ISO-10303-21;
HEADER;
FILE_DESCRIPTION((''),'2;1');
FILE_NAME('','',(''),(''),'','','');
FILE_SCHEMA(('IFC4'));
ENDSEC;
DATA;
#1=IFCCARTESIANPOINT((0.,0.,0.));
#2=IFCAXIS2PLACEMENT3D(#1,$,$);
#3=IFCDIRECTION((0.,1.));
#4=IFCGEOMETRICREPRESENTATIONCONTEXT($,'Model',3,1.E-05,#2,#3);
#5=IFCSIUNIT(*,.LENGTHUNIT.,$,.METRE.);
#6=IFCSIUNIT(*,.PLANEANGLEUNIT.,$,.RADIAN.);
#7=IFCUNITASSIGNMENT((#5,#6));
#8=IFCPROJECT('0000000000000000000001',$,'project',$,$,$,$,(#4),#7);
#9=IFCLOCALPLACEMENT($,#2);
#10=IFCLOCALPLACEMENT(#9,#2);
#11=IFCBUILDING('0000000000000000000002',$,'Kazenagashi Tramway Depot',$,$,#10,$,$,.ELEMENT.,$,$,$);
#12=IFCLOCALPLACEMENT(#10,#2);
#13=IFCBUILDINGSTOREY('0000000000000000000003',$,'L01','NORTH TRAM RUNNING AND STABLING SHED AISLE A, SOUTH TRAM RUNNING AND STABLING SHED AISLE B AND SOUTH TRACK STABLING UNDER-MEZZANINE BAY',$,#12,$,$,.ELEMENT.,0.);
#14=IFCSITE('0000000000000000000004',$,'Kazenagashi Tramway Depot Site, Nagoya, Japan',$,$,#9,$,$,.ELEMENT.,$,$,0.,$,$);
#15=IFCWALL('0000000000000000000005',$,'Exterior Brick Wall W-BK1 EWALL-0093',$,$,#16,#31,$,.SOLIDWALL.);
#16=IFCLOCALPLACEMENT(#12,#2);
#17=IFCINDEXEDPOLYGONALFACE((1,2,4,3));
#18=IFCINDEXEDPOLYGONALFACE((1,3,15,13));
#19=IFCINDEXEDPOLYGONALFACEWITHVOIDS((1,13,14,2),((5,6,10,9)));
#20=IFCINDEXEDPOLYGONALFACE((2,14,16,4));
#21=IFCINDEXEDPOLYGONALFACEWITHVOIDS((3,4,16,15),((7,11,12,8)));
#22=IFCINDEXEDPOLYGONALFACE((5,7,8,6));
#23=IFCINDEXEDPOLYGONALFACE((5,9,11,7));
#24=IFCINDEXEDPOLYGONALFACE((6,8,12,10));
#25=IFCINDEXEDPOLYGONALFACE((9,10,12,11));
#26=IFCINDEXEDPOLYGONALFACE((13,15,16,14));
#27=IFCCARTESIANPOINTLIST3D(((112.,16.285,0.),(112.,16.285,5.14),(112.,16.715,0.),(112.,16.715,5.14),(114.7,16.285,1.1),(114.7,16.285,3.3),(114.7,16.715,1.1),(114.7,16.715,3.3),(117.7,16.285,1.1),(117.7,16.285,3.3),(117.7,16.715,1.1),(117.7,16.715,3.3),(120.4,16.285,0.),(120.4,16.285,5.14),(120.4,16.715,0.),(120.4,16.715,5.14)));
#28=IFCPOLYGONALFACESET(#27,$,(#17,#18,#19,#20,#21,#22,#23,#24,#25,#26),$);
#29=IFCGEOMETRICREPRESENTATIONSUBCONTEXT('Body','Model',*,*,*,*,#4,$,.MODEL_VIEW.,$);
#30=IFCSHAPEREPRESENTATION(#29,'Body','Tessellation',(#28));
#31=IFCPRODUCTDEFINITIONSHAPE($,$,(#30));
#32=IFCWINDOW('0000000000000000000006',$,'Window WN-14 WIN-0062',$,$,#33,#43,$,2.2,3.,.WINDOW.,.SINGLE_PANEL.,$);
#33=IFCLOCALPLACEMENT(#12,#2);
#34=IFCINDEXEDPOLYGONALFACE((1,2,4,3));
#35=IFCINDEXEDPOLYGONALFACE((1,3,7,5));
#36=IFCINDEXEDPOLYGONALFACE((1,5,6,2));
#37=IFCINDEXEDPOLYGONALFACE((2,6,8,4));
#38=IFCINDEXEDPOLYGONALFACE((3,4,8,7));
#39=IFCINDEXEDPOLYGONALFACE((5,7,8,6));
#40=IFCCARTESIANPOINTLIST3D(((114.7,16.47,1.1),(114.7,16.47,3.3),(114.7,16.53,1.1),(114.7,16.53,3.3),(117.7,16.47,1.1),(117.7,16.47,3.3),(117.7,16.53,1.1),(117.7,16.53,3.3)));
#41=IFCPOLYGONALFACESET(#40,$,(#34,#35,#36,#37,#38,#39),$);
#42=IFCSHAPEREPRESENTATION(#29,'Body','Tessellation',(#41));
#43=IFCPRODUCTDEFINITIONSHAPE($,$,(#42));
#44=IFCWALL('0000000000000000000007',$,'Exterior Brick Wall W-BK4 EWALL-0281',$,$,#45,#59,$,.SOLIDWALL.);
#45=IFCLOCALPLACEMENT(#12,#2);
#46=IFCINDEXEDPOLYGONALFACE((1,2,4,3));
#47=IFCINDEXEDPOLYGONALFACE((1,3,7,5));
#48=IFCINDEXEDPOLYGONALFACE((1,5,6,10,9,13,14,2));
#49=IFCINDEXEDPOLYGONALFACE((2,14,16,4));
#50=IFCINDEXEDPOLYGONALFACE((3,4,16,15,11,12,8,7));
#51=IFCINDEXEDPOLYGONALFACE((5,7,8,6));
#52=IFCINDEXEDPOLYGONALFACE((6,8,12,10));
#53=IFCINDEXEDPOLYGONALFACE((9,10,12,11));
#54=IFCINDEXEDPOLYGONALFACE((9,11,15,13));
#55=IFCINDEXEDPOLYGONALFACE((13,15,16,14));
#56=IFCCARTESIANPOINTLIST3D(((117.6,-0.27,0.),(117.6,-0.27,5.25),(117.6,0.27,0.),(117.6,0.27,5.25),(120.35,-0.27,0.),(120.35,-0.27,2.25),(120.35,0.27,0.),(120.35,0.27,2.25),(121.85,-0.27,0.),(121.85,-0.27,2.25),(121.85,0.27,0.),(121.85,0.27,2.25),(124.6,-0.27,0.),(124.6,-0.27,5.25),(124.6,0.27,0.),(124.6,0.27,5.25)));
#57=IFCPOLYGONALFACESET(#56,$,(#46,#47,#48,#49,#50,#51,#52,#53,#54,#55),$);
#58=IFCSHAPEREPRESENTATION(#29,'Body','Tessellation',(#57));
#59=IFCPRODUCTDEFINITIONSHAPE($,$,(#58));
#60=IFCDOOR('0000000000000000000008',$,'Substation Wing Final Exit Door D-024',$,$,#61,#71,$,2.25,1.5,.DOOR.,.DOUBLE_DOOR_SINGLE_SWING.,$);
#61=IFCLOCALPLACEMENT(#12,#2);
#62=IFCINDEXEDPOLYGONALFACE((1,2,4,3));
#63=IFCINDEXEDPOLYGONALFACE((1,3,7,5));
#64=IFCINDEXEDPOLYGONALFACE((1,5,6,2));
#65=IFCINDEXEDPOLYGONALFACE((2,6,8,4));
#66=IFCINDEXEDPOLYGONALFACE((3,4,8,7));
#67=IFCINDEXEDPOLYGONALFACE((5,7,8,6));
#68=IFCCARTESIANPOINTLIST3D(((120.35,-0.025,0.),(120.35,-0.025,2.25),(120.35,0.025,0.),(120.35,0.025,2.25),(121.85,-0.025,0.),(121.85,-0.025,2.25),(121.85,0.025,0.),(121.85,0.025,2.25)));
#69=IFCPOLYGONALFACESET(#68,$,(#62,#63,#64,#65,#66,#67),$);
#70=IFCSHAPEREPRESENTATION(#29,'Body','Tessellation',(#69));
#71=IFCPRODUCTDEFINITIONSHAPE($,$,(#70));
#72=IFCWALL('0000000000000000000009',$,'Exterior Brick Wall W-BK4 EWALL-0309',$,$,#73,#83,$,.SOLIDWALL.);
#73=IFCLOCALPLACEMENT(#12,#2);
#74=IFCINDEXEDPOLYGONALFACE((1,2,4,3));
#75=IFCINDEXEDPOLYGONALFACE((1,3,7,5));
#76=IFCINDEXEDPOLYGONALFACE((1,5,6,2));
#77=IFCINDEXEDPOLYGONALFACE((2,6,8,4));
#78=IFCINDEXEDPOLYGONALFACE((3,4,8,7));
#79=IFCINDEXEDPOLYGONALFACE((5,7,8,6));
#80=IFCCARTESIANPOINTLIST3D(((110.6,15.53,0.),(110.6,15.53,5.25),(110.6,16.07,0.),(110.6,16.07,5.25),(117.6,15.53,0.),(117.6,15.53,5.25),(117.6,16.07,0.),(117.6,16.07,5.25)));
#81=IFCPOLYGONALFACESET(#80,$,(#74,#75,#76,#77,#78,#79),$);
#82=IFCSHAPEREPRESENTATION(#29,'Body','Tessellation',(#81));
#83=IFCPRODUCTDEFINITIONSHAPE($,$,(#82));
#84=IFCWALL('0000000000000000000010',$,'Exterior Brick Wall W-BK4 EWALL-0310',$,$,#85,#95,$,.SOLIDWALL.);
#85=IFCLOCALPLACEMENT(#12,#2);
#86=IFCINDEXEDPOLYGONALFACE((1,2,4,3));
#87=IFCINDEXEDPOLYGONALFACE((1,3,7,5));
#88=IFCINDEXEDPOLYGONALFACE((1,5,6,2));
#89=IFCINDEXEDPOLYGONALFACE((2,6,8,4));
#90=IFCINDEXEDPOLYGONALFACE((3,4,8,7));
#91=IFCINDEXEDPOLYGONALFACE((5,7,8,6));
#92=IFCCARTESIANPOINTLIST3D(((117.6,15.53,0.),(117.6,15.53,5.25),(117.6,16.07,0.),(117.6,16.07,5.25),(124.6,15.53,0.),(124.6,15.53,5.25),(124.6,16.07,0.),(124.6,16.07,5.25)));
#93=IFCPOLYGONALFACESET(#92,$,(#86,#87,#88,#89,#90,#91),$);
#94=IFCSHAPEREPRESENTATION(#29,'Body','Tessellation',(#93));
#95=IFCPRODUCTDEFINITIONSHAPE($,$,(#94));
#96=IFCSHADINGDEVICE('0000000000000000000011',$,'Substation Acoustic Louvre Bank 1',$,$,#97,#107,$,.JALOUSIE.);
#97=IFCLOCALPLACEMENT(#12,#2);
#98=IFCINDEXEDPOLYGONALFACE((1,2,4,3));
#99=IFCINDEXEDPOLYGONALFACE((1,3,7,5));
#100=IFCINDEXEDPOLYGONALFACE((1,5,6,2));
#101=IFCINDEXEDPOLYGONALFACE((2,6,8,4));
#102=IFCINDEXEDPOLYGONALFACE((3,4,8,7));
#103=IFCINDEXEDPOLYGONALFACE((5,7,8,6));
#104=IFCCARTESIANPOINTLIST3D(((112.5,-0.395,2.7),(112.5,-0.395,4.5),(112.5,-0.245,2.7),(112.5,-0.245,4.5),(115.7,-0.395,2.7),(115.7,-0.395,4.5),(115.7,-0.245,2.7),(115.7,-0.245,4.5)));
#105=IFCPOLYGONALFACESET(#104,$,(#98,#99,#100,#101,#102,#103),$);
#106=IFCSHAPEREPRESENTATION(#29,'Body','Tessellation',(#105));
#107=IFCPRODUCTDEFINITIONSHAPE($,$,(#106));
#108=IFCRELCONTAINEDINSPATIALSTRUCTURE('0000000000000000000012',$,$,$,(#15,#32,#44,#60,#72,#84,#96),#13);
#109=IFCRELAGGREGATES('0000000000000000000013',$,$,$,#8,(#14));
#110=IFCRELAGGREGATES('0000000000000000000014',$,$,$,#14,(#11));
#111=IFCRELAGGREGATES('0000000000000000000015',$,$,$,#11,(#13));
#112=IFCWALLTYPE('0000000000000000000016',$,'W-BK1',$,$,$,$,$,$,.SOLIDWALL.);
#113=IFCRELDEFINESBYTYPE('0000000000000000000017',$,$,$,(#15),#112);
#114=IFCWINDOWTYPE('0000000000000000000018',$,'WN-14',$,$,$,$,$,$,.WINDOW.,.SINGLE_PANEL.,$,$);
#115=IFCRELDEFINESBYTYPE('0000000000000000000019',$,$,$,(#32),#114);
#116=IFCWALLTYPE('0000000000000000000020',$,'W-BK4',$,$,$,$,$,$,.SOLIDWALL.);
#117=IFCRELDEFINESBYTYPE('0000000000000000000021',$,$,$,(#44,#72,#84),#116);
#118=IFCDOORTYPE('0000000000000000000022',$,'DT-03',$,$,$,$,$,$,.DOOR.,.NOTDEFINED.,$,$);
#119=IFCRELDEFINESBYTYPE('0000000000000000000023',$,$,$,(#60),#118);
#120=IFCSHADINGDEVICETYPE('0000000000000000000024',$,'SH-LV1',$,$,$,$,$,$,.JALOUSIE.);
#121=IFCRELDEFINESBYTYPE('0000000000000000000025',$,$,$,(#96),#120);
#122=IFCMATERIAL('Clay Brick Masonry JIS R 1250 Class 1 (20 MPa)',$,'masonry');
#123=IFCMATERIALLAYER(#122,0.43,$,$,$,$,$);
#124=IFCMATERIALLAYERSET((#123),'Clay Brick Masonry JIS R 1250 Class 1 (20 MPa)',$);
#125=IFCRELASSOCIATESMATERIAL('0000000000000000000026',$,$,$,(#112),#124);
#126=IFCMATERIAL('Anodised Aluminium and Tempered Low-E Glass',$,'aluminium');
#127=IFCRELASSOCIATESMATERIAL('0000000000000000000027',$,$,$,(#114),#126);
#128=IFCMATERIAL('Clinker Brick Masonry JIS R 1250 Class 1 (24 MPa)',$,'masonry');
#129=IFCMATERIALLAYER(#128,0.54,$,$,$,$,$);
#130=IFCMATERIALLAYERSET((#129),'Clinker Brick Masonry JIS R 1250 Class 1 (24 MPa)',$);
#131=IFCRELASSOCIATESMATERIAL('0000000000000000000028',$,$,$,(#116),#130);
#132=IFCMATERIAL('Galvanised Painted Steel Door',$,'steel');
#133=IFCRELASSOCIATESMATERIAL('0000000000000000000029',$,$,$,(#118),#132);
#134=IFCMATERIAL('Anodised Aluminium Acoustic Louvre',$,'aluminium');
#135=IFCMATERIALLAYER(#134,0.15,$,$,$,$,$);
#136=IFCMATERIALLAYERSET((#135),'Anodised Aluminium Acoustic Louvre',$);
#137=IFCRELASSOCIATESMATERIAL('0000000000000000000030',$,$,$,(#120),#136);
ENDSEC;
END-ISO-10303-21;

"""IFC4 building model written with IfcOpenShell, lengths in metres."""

from ifc_helpers import new_model, si_unit, direction, frame, frame_2d, origin, origin_2d, place, context, subcontext, project, spatial, rectangle, extrude, material, layer, layer_set, type_object, element, fill, save


model = new_model("IFC4")

# Units and contexts
model_context = context("Model", 3, precision=1e-05, world=origin(), true_north=direction((0.0, 1.0)))
body_context = subcontext(model_context, "Body", "Model", "MODEL_VIEW")
ifc_project = project(units=[si_unit("LENGTHUNIT", "METRE"), si_unit("PLANEANGLEUNIT", "RADIAN")], contexts=[model_context])

# Site, building, storey
site_placement = place(None, origin())
site = spatial("IfcSite", under=ifc_project, at=site_placement, Name="Kazenagashi Tramway Depot Site, Nagoya, Japan", CompositionType="ELEMENT", RefElevation=0.0)
building_placement = place(site_placement, origin())
building = spatial("IfcBuilding", under=site, at=building_placement, Name="Kazenagashi Tramway Depot", CompositionType="ELEMENT")
storey_placement = place(building_placement, origin())
storey = spatial("IfcBuildingStorey", under=building, at=storey_placement, Name="L01", Description="NORTH TRAM RUNNING AND STABLING SHED AISLE A, SOUTH TRAM RUNNING AND STABLING SHED AISLE B AND SOUTH TRACK STABLING UNDER-MEZZANINE BAY", CompositionType="ELEMENT", Elevation=0.0)

# Wall, opening, window
ifc_material_1 = material(Name="Clay Brick Masonry JIS R 1250 Class 1 (20 MPa)", Category="masonry")
ifc_layer_1 = layer(ifc_material_1, 0.43)
ifc_layer_set_1 = layer_set([ifc_layer_1], Name="Clay Brick Masonry JIS R 1250 Class 1 (20 MPa)")
wall_type_1 = type_object("IfcWallType", Name="W-BK1", PredefinedType="SOLIDWALL", material=ifc_layer_set_1)
wall_1_placement = place(storey_placement, frame((112.0, 16.5, 0.0), z_axis=(0.0, 0.0, 1.0), x_axis=(1.0, 0.0, 0.0)))
wall_1 = element("IfcWall", 1, at=wall_1_placement, inside=storey, type_object=wall_type_1, Name="Exterior Brick Wall W-BK1 EWALL-0093", PredefinedType="SOLIDWALL", context=body_context, shape_type="SweptSolid", body=[
    extrude(rectangle(XDim=8.4, YDim=0.43, at=frame_2d((4.2, 0.0))), origin(), (0.0, 0.0, 1.0), 5.14),
])
opening_1_placement = place(wall_1_placement, frame((2.7, 0.0, 1.1)))
opening_1 = element("IfcOpeningElement", 2, at=opening_1_placement, cuts=wall_1, PredefinedType="OPENING", context=body_context, shape_type="SweptSolid", body=[
    extrude(rectangle(XDim=3.0, YDim=2.2, at=frame_2d((1.5, 1.1))), frame((0.0, 0.225, 0.0), z_axis=(0.0, -1.0, 0.0), x_axis=(1.0, 0.0, 0.0)), (0.0, 0.0, 1.0), 0.45),
])
ifc_material_2 = material(Name="Anodised Aluminium and Tempered Low-E Glass", Category="aluminium")
window_type = type_object("IfcWindowType", Name="WN-14", PartitioningType="SINGLE_PANEL", PredefinedType="WINDOW", material=ifc_material_2)
window_placement = place(opening_1_placement, origin())
window = element("IfcWindow", 3, at=window_placement, inside=storey, type_object=window_type, Name="Window WN-14 WIN-0062", OverallHeight=2.2, OverallWidth=3.0, PartitioningType="SINGLE_PANEL", PredefinedType="WINDOW", context=body_context, shape_type="SweptSolid", body=[
    extrude(rectangle(XDim=3.0, YDim=2.2, at=frame_2d((1.5, 1.1))), frame((0.0, 0.03, 0.0), z_axis=(0.0, -1.0, 0.0), x_axis=(1.0, 0.0, 0.0)), (0.0, 0.0, 1.0), 0.06),
])
fill(opening_1, window)

# Wall, opening, door
ifc_material_3 = material(Name="Clinker Brick Masonry JIS R 1250 Class 1 (24 MPa)", Category="masonry")
ifc_layer_2 = layer(ifc_material_3, 0.54)
ifc_layer_set_2 = layer_set([ifc_layer_2], Name="Clinker Brick Masonry JIS R 1250 Class 1 (24 MPa)")
wall_type_2 = type_object("IfcWallType", Name="W-BK4", PredefinedType="SOLIDWALL", material=ifc_layer_set_2)
wall_2_placement = place(storey_placement, frame((117.6, 0.0, 0.0), z_axis=(0.0, 0.0, 1.0), x_axis=(1.0, 0.0, 0.0)))
wall_2 = element("IfcWall", 4, at=wall_2_placement, inside=storey, type_object=wall_type_2, Name="Exterior Brick Wall W-BK4 EWALL-0281", PredefinedType="SOLIDWALL", context=body_context, shape_type="SweptSolid", body=[
    extrude(rectangle(XDim=7.0, YDim=0.54, at=frame_2d((3.5, 0.0))), origin(), (0.0, 0.0, 1.0), 5.25),
])
opening_2_placement = place(wall_2_placement, frame((2.75, 0.0, 0.0)))
opening_2 = element("IfcOpeningElement", 5, at=opening_2_placement, cuts=wall_2, PredefinedType="OPENING", context=body_context, shape_type="SweptSolid", body=[
    extrude(rectangle(XDim=1.5, YDim=2.25, at=frame_2d((0.75, 1.125))), frame((0.0, 0.28, 0.0), z_axis=(0.0, -1.0, 0.0), x_axis=(1.0, 0.0, 0.0)), (0.0, 0.0, 1.0), 0.56),
])
ifc_material_4 = material(Name="Galvanised Painted Steel Door", Category="steel")
door_type = type_object("IfcDoorType", Name="DT-03", OperationType="NOTDEFINED", PredefinedType="DOOR", material=ifc_material_4)
door_placement = place(opening_2_placement, frame((1.5, 0.0, 0.0), z_axis=(0.0, 0.0, 1.0), x_axis=(-1.0, 0.0, 0.0)))
door = element("IfcDoor", 6, at=door_placement, inside=storey, type_object=door_type, Name="Substation Wing Final Exit Door D-024", OperationType="DOUBLE_DOOR_SINGLE_SWING", OverallHeight=2.25, OverallWidth=1.5, PredefinedType="DOOR", context=body_context, shape_type="SweptSolid", body=[
    extrude(rectangle(XDim=1.5, YDim=2.25, at=frame_2d((0.75, 1.125))), frame((0.0, 0.025, 0.0), z_axis=(0.0, -1.0, 0.0), x_axis=(1.0, 0.0, 0.0)), (0.0, 0.0, 1.0), 0.05),
])
fill(opening_2, door)

# Walls
for number, where, z_axis, x_axis, name in (
    (7, (110.6, 15.8, 0.0), (0.0, 0.0, 1.0), (1.0, 0.0, 0.0), "Exterior Brick Wall W-BK4 EWALL-0309"),
    (8, (117.6, 15.8, 0.0), (0.0, 0.0, 1.0), (1.0, 0.0, 0.0), "Exterior Brick Wall W-BK4 EWALL-0310"),
):
    element("IfcWall", number, at=place(storey_placement, frame(where, z_axis=z_axis, x_axis=x_axis)), inside=storey, type_object=wall_type_2, Name=name, PredefinedType="SOLIDWALL", context=body_context, shape_type="SweptSolid", body=[
        extrude(rectangle(XDim=7.0, YDim=0.54, at=frame_2d((3.5, 0.0))), origin(), (0.0, 0.0, 1.0), 5.25),
    ])

# Shading device
ifc_material_5 = material(Name="Anodised Aluminium Acoustic Louvre", Category="aluminium")
ifc_layer_3 = layer(ifc_material_5, 0.15)
ifc_layer_set_3 = layer_set([ifc_layer_3], Name="Anodised Aluminium Acoustic Louvre")
shading_device_type = type_object("IfcShadingDeviceType", Name="SH-LV1", PredefinedType="JALOUSIE", material=ifc_layer_set_3)
shading_device_placement = place(storey_placement, frame((114.1, -0.32, 2.7), z_axis=(0.0, 0.0, 1.0), x_axis=(1.0, 0.0, 0.0)))
element("IfcShadingDevice", 9, at=shading_device_placement, inside=storey, type_object=shading_device_type, Name="Substation Acoustic Louvre Bank 1", PredefinedType="JALOUSIE", context=body_context, shape_type="SweptSolid", body=[
    extrude(rectangle(XDim=3.2, YDim=0.15, at=origin_2d()), origin(), (0.0, 0.0, 1.0), 1.8),
])

save(model, "model.ifc")
